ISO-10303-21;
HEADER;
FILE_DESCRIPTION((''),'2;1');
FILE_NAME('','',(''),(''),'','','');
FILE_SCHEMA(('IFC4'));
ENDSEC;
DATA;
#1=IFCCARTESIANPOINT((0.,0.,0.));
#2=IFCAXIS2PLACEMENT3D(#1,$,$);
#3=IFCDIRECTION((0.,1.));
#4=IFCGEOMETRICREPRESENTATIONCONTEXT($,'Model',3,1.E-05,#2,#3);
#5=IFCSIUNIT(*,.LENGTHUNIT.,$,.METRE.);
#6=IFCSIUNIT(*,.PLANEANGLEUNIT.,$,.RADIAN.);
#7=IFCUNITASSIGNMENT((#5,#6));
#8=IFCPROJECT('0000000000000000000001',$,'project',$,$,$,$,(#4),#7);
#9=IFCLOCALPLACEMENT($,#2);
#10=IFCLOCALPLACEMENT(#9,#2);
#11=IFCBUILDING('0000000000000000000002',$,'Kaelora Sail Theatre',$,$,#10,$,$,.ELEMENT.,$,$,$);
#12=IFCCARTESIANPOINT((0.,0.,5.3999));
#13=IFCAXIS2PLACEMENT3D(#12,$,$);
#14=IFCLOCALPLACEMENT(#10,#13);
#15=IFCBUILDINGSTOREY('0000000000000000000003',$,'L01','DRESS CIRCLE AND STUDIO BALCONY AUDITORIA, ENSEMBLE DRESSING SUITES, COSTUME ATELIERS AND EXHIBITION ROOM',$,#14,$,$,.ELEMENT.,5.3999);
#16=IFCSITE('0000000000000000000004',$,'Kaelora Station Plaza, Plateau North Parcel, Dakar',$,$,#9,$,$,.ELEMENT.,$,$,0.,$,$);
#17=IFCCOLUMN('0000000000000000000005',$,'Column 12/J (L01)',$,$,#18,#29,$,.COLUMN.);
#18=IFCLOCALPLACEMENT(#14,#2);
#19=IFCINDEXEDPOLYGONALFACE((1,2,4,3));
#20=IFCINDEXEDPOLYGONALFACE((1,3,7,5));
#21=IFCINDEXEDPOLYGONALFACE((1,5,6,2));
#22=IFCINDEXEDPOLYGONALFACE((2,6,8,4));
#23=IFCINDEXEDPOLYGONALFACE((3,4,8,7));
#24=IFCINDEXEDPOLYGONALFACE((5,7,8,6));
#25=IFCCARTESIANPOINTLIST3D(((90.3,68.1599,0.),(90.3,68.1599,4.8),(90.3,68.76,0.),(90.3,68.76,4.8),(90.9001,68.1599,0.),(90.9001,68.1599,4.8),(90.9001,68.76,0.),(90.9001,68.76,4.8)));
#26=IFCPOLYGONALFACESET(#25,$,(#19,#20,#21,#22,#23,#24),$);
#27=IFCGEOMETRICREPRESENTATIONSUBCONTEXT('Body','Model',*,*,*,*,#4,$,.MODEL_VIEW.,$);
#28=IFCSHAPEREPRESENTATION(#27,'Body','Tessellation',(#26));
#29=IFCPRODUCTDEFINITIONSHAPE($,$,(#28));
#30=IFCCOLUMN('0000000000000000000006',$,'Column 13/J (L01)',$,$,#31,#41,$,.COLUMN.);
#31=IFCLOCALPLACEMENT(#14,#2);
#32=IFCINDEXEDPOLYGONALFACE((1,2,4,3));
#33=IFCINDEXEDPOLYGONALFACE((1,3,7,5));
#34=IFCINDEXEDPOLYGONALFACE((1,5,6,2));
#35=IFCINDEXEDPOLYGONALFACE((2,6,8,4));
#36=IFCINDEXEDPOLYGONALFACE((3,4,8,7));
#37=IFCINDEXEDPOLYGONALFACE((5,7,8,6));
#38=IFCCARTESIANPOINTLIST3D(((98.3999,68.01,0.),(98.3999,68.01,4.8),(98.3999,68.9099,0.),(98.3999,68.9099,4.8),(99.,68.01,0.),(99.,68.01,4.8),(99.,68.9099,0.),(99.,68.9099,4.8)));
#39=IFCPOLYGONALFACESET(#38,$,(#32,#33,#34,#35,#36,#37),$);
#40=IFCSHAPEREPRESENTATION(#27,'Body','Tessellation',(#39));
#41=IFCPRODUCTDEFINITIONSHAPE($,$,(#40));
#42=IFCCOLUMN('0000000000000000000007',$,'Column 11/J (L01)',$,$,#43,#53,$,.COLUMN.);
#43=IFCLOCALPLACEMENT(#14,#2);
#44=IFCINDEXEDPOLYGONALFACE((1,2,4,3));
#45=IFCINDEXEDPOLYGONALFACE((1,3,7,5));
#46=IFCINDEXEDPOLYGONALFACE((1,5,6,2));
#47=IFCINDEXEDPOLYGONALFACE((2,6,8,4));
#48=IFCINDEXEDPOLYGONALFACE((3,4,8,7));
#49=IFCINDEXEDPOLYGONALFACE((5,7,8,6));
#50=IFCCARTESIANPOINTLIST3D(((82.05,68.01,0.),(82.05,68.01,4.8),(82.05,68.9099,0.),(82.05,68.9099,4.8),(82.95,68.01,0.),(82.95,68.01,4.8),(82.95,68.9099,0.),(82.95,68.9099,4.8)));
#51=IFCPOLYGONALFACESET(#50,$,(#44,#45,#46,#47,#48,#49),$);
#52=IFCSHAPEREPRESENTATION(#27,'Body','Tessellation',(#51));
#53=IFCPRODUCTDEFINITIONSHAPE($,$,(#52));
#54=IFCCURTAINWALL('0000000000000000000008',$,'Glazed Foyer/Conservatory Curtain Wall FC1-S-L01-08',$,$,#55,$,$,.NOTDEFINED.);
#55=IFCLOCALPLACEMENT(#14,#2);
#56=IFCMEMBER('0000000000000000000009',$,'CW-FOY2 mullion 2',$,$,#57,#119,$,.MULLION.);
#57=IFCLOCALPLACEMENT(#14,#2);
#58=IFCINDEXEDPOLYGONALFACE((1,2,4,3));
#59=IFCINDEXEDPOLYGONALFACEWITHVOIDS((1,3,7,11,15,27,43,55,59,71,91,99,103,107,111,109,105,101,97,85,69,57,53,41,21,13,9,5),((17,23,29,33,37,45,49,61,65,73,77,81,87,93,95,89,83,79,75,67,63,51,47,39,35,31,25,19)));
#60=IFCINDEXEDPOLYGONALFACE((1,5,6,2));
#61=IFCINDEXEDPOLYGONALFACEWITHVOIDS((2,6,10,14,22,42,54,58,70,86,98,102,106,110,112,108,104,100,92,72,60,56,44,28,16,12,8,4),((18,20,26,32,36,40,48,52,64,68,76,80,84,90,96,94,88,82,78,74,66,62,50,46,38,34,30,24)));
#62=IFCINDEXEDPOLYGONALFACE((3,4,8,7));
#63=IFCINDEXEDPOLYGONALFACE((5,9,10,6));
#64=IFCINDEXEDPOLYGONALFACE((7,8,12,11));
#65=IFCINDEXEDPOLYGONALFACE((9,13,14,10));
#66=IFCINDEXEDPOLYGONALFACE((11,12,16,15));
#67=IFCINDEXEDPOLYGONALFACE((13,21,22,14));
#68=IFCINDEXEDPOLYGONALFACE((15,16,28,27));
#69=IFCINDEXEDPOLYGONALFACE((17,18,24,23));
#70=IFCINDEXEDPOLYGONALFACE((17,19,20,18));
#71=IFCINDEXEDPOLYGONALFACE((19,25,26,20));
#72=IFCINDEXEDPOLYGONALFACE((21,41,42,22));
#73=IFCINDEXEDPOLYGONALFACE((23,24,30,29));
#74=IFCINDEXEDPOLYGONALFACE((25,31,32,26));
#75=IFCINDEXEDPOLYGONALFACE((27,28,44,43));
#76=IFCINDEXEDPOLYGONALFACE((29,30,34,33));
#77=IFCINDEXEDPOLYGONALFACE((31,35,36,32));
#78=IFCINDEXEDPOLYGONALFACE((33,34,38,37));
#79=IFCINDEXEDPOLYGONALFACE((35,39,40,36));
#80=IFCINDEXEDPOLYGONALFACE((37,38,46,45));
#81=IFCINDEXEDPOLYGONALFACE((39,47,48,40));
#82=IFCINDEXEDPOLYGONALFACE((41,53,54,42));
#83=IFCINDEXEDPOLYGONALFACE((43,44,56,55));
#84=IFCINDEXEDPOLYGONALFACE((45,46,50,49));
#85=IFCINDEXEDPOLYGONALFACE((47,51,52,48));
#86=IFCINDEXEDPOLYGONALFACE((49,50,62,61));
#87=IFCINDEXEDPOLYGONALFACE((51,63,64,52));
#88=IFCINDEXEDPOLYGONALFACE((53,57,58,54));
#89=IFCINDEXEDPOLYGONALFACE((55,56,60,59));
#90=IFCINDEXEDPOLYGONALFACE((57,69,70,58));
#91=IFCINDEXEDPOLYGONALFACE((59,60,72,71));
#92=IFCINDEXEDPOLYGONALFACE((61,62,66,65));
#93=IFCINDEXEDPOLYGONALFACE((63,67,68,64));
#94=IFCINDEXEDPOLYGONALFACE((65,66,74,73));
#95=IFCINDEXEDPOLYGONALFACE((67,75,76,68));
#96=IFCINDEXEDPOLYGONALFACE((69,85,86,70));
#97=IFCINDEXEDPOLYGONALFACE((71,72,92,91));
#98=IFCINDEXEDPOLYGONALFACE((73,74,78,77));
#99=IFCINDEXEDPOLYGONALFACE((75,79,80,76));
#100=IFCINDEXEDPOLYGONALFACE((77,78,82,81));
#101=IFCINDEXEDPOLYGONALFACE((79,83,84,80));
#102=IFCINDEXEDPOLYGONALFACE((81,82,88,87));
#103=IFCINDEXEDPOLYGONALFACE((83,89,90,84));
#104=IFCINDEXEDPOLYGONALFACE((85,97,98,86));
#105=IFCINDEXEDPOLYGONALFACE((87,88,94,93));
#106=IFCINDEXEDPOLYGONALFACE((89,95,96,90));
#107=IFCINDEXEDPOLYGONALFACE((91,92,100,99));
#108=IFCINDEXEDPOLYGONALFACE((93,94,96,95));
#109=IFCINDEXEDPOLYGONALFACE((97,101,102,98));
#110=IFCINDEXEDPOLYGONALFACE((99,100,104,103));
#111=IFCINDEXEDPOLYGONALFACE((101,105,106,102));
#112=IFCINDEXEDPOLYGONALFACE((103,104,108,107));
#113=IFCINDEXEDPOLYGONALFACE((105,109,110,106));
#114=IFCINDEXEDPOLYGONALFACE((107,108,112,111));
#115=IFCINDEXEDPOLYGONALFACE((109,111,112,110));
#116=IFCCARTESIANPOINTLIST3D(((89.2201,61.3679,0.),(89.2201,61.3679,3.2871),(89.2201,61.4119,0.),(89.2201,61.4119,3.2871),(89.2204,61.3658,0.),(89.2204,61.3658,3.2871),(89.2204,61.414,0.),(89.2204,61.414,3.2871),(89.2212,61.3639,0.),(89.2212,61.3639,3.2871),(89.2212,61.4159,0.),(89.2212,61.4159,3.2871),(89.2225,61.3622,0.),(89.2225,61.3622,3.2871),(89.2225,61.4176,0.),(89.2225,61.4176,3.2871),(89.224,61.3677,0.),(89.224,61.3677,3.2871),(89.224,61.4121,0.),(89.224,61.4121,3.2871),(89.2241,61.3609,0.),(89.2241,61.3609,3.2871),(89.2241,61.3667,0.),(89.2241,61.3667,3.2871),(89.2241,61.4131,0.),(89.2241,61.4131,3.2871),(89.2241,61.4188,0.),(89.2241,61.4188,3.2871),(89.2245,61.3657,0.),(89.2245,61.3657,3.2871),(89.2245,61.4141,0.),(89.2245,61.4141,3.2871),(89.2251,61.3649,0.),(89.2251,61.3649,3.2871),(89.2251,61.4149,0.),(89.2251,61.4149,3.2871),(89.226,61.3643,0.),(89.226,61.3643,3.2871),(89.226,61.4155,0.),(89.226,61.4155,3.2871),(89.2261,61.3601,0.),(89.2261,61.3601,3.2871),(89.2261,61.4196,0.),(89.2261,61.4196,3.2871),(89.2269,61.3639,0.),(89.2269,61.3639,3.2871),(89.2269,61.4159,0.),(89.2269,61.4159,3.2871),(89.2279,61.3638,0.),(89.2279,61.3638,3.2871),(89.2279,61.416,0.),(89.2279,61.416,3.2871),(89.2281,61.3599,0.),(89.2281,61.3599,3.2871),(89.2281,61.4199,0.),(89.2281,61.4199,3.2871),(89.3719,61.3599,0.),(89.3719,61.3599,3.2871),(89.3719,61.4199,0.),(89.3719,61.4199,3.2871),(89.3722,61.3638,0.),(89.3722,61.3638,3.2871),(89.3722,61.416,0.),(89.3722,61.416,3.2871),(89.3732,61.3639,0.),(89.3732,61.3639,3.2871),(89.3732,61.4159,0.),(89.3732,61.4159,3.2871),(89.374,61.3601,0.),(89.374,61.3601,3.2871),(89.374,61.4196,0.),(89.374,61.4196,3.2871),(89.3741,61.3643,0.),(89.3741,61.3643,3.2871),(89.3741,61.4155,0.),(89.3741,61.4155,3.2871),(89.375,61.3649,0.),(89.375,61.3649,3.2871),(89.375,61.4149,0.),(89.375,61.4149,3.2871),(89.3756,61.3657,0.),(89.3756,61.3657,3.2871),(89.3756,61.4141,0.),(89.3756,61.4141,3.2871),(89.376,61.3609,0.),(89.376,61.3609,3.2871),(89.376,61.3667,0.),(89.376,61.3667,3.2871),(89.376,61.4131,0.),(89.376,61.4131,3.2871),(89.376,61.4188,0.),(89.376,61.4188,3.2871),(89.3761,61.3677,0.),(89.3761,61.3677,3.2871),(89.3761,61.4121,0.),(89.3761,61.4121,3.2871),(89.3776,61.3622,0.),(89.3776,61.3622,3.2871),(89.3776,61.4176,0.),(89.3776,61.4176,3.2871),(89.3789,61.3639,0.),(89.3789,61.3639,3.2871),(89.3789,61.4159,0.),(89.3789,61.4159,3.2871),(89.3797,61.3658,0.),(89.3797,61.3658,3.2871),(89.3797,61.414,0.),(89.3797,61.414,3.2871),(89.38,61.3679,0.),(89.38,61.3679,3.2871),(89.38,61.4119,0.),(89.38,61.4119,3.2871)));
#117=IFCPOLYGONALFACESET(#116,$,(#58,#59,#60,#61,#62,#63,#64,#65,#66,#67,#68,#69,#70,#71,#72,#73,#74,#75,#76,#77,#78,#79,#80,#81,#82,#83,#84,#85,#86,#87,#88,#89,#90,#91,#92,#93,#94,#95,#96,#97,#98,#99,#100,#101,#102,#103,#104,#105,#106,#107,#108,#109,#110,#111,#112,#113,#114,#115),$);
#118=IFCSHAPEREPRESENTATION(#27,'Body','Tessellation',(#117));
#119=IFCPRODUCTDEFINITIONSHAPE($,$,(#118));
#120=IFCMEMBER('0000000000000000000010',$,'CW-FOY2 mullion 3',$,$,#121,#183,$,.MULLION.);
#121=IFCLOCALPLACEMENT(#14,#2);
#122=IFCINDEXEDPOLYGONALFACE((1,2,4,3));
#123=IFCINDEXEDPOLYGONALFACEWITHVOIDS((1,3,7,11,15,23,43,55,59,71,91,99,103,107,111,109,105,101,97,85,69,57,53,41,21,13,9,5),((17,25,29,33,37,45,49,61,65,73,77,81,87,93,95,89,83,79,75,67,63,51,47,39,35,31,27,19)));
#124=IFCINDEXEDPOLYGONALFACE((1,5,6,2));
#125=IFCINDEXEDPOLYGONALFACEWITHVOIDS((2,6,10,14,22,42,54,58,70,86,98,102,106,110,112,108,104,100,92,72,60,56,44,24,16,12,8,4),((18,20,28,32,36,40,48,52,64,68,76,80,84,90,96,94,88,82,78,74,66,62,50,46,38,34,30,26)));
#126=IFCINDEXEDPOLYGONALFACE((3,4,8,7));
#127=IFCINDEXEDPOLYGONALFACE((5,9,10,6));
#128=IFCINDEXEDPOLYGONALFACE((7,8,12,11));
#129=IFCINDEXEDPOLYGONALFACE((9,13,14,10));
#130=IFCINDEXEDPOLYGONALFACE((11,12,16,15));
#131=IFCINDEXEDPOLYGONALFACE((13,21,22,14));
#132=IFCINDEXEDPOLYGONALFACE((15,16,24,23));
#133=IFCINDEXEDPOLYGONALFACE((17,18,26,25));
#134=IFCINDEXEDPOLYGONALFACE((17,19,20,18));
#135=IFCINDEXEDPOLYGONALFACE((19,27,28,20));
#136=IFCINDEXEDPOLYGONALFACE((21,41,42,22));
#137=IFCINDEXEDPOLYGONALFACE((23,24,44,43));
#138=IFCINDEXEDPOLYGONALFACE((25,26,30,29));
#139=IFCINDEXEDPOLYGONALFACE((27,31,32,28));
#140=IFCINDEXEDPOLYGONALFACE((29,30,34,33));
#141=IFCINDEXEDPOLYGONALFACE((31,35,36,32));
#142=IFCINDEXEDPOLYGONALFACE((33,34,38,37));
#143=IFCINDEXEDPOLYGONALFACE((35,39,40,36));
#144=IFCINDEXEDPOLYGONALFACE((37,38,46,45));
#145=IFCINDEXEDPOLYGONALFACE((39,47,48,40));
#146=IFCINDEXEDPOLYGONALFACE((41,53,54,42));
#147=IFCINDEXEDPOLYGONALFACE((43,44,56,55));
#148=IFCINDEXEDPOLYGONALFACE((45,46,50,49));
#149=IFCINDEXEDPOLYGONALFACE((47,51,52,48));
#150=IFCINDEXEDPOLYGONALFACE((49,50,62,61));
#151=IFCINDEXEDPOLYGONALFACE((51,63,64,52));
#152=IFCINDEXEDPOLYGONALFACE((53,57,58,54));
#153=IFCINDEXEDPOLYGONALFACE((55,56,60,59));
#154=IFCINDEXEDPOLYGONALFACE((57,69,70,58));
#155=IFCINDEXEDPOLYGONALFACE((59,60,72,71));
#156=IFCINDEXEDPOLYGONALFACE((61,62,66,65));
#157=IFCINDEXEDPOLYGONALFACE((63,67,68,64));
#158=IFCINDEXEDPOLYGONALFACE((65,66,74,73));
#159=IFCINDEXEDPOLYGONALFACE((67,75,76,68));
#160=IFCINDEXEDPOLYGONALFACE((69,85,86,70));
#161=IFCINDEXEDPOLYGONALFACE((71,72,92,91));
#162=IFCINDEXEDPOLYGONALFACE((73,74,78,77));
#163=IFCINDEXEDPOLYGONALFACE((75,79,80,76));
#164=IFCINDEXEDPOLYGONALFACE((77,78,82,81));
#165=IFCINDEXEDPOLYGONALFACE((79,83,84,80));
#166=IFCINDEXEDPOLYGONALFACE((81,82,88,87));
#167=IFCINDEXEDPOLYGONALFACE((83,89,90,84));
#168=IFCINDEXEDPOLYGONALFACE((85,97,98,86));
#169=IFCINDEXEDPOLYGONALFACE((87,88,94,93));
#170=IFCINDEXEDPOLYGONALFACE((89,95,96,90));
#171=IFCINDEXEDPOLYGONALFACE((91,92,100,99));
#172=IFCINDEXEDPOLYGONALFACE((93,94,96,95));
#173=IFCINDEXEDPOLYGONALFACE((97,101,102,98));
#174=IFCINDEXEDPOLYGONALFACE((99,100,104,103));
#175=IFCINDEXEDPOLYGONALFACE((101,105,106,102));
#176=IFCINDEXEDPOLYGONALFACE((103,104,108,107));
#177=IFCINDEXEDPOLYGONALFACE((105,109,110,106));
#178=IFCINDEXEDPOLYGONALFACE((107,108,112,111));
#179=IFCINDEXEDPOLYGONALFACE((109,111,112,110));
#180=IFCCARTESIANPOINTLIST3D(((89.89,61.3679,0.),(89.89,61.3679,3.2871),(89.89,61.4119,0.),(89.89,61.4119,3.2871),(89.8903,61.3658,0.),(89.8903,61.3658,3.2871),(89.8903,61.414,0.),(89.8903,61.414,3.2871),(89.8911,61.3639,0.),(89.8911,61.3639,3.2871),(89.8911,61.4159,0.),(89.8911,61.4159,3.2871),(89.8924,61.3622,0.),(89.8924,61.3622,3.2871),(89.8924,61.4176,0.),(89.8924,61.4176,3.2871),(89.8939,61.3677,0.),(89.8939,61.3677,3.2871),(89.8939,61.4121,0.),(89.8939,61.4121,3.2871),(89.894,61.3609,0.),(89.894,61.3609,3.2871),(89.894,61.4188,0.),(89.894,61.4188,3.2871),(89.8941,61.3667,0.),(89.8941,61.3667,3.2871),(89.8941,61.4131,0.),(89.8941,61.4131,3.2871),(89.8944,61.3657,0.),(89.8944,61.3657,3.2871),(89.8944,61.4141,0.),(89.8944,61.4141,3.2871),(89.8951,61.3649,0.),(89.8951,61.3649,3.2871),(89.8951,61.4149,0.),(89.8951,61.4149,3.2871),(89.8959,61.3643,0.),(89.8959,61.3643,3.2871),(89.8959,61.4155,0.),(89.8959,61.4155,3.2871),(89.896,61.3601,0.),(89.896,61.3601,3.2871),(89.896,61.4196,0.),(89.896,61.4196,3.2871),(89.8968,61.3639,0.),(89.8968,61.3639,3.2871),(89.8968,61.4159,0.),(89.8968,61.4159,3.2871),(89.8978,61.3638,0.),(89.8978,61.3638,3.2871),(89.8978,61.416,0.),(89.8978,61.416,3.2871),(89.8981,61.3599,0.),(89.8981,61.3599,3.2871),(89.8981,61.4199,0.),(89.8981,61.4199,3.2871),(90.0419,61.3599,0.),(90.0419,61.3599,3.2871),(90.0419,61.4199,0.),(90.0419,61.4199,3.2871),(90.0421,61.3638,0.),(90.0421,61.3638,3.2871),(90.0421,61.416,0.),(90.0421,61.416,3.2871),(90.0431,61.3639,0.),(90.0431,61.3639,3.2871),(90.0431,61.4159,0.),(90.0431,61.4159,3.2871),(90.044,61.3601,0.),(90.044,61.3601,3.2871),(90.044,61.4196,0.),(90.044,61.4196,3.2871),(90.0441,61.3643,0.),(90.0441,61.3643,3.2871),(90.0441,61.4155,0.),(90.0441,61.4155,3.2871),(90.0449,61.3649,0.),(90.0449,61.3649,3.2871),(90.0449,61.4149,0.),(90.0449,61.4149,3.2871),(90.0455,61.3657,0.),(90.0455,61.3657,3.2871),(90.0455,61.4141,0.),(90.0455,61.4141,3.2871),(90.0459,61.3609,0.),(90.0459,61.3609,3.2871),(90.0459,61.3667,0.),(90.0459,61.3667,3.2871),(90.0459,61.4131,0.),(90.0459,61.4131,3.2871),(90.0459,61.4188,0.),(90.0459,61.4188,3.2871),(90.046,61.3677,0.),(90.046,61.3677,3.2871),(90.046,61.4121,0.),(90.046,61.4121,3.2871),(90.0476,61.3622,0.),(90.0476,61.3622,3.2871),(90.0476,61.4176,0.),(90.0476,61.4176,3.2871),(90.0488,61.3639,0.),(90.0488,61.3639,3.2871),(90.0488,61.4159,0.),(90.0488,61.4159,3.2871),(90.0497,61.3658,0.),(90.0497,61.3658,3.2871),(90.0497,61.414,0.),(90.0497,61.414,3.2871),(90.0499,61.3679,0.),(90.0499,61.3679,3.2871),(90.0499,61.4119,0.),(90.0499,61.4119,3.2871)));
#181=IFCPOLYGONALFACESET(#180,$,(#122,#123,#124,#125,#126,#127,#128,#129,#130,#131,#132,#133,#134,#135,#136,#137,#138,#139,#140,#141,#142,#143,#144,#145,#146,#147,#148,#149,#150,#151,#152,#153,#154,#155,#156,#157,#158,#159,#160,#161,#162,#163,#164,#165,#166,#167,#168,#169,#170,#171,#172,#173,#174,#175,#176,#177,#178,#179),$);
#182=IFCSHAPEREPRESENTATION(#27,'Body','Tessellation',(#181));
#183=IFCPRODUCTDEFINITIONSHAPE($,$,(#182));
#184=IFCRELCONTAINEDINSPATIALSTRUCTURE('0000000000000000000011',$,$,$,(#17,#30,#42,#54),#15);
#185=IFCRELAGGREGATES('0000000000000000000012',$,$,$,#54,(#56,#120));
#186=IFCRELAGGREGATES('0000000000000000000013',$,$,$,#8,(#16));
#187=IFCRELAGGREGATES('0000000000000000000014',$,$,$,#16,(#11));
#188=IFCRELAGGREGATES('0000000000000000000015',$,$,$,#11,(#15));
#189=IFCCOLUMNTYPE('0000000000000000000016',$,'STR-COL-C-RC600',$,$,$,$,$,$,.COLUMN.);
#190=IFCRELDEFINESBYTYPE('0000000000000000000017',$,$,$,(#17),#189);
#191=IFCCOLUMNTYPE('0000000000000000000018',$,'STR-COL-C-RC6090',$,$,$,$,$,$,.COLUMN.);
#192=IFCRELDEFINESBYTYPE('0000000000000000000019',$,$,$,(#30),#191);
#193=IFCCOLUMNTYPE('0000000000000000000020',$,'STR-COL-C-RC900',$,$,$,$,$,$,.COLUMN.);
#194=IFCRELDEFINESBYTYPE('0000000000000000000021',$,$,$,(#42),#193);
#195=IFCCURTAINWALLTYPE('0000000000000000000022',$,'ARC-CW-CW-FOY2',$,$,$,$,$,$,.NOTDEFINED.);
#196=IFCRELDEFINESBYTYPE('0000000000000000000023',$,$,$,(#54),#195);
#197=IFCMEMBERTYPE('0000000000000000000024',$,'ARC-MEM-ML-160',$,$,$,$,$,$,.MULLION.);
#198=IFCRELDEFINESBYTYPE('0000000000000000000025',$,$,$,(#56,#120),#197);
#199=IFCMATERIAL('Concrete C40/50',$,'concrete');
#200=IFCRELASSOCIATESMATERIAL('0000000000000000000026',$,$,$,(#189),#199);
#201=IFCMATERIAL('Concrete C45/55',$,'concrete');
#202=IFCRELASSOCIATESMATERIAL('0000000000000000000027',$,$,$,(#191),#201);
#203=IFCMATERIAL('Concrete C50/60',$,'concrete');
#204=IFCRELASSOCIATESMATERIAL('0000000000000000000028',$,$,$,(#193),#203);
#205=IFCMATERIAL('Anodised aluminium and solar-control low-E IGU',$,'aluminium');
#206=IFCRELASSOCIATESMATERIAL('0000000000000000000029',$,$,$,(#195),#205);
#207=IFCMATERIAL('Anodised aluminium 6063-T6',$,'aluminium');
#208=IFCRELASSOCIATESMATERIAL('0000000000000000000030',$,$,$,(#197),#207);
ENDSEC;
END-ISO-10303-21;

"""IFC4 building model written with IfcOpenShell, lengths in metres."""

from ifc_helpers import new_model, si_unit, direction, frame, origin, origin_2d, place, context, subcontext, project, spatial, rectangle, hollow_rectangle, extrude, material, material_profile, profile_set, type_object, element, aggregate, save


model = new_model("IFC4")

# Units and contexts
model_context = context("Model", 3, precision=1e-05, world=origin(), true_north=direction((0.0, 1.0)))
body_context = subcontext(model_context, "Body", "Model", "MODEL_VIEW")
ifc_project = project(units=[si_unit("LENGTHUNIT", "METRE"), si_unit("PLANEANGLEUNIT", "RADIAN")], contexts=[model_context])

# Site, building, storey
site_placement = place(None, origin())
site = spatial("IfcSite", under=ifc_project, at=site_placement, Name="Kaelora Station Plaza, Plateau North Parcel, Dakar", CompositionType="ELEMENT", RefElevation=0.0)
building_placement = place(site_placement, origin())
building = spatial("IfcBuilding", under=site, at=building_placement, Name="Kaelora Sail Theatre", CompositionType="ELEMENT")
storey_placement = place(building_placement, frame((0.0, 0.0, 5.3999)))
storey = spatial("IfcBuildingStorey", under=building, at=storey_placement, Name="L01", Description="DRESS CIRCLE AND STUDIO BALCONY AUDITORIA, ENSEMBLE DRESSING SUITES, COSTUME ATELIERS AND EXHIBITION ROOM", CompositionType="ELEMENT", Elevation=5.3999)

# Columns
ifc_material_1 = material(Name="Concrete C40/50", Category="concrete")
ifc_material_profile_1 = material_profile(ifc_material_1, rectangle(XDim=0.6001, YDim=0.6001, at=origin_2d()), Name="RC-COL 600x600")
ifc_profile_set_1 = profile_set([ifc_material_profile_1], Name="Concrete C40/50")
column_type_1 = type_object("IfcColumnType", Name="STR-COL-C-RC600", PredefinedType="COLUMN", material=ifc_profile_set_1)
column_1_placement = place(storey_placement, frame((90.6001, 68.46, 0.0), z_axis=(0.0, 0.0, 1.0), x_axis=(1.0, 0.0, 0.0)))
element("IfcColumn", 1, at=column_1_placement, inside=storey, type_object=column_type_1, Name="Column 12/J (L01)", PredefinedType="COLUMN", context=body_context, shape_type="SweptSolid", body=[
    extrude(rectangle(XDim=0.6001, YDim=0.6001, at=origin_2d()), origin(), (0.0, 0.0, 1.0), 4.8),
])
ifc_material_2 = material(Name="Concrete C45/55", Category="concrete")
ifc_material_profile_2 = material_profile(ifc_material_2, rectangle(XDim=0.6001, YDim=0.8999, at=origin_2d()), Name="RC-COL 600x900")
ifc_profile_set_2 = profile_set([ifc_material_profile_2], Name="Concrete C45/55")
column_type_2 = type_object("IfcColumnType", Name="STR-COL-C-RC6090", PredefinedType="COLUMN", material=ifc_profile_set_2)
column_2_placement = place(storey_placement, frame((98.7, 68.46, 0.0), z_axis=(0.0, 0.0, 1.0), x_axis=(1.0, 0.0, 0.0)))
element("IfcColumn", 2, at=column_2_placement, inside=storey, type_object=column_type_2, Name="Column 13/J (L01)", PredefinedType="COLUMN", context=body_context, shape_type="SweptSolid", body=[
    extrude(rectangle(XDim=0.6001, YDim=0.8999, at=origin_2d()), origin(), (0.0, 0.0, 1.0), 4.8),
])
ifc_material_3 = material(Name="Concrete C50/60", Category="concrete")
ifc_material_profile_3 = material_profile(ifc_material_3, rectangle(XDim=0.8999, YDim=0.8999, at=origin_2d()), Name="RC-COL 900x900")
ifc_profile_set_3 = profile_set([ifc_material_profile_3], Name="Concrete C50/60")
column_type_3 = type_object("IfcColumnType", Name="STR-COL-C-RC900", PredefinedType="COLUMN", material=ifc_profile_set_3)
column_3_placement = place(storey_placement, frame((82.5, 68.46, 0.0), z_axis=(0.0, 0.0, 1.0), x_axis=(1.0, 0.0, 0.0)))
element("IfcColumn", 3, at=column_3_placement, inside=storey, type_object=column_type_3, Name="Column 11/J (L01)", PredefinedType="COLUMN", context=body_context, shape_type="SweptSolid", body=[
    extrude(rectangle(XDim=0.8999, YDim=0.8999, at=origin_2d()), origin(), (0.0, 0.0, 1.0), 4.8),
])

# Curtain wall, members
ifc_material_4 = material(Name="Anodised aluminium and solar-control low-E IGU", Category="aluminium")
curtain_wall_type = type_object("IfcCurtainWallType", Name="ARC-CW-CW-FOY2", PredefinedType="NOTDEFINED", material=ifc_material_4)
curtain_wall_placement = place(storey_placement, origin())
curtain_wall = element("IfcCurtainWall", 4, at=curtain_wall_placement, inside=storey, type_object=curtain_wall_type, Name="Glazed Foyer/Conservatory Curtain Wall FC1-S-L01-08", PredefinedType="NOTDEFINED")
ifc_material_5 = material(Name="Anodised aluminium 6063-T6", Category="aluminium")
ifc_material_profile_4 = material_profile(ifc_material_5, hollow_rectangle(XDim=0.0601, YDim=0.1599, WallThickness=0.0039, InnerFilletRadius=0.0039, OuterFilletRadius=0.0081, at=origin_2d()), Name="ALU-MULL 60x160x4")
ifc_profile_set_4 = profile_set([ifc_material_profile_4], Name="Anodised aluminium 6063-T6")
member_type_1 = type_object("IfcMemberType", Name="ARC-MEM-ML-160", PredefinedType="MULLION", material=ifc_profile_set_4)
member_1_placement = place(storey_placement, frame((89.3, 61.3899, 0.0), z_axis=(0.0, 0.0, 1.0), x_axis=(0.0, 1.0, 0.0)))
member_1 = element("IfcMember", 5, at=member_1_placement, type_object=member_type_1, Name="CW-FOY2 mullion 2", PredefinedType="MULLION", context=body_context, shape_type="SweptSolid", body=[
    extrude(hollow_rectangle(XDim=0.0601, YDim=0.1599, WallThickness=0.0039, InnerFilletRadius=0.0039, OuterFilletRadius=0.0081, at=origin_2d()), origin(), (0.0, 0.0, 1.0), 3.2871),
])
member_2_placement = place(storey_placement, frame((89.97, 61.3899, 0.0), z_axis=(0.0, 0.0, 1.0), x_axis=(0.0, 1.0, 0.0)))
member_2 = element("IfcMember", 6, at=member_2_placement, type_object=member_type_1, Name="CW-FOY2 mullion 3", PredefinedType="MULLION", context=body_context, shape_type="SweptSolid", body=[
    extrude(hollow_rectangle(XDim=0.0601, YDim=0.1599, WallThickness=0.0039, InnerFilletRadius=0.0039, OuterFilletRadius=0.0081, at=origin_2d()), origin(), (0.0, 0.0, 1.0), 3.2871),
])

aggregate(curtain_wall, [member_1, member_2])

save(model, "model.ifc")
